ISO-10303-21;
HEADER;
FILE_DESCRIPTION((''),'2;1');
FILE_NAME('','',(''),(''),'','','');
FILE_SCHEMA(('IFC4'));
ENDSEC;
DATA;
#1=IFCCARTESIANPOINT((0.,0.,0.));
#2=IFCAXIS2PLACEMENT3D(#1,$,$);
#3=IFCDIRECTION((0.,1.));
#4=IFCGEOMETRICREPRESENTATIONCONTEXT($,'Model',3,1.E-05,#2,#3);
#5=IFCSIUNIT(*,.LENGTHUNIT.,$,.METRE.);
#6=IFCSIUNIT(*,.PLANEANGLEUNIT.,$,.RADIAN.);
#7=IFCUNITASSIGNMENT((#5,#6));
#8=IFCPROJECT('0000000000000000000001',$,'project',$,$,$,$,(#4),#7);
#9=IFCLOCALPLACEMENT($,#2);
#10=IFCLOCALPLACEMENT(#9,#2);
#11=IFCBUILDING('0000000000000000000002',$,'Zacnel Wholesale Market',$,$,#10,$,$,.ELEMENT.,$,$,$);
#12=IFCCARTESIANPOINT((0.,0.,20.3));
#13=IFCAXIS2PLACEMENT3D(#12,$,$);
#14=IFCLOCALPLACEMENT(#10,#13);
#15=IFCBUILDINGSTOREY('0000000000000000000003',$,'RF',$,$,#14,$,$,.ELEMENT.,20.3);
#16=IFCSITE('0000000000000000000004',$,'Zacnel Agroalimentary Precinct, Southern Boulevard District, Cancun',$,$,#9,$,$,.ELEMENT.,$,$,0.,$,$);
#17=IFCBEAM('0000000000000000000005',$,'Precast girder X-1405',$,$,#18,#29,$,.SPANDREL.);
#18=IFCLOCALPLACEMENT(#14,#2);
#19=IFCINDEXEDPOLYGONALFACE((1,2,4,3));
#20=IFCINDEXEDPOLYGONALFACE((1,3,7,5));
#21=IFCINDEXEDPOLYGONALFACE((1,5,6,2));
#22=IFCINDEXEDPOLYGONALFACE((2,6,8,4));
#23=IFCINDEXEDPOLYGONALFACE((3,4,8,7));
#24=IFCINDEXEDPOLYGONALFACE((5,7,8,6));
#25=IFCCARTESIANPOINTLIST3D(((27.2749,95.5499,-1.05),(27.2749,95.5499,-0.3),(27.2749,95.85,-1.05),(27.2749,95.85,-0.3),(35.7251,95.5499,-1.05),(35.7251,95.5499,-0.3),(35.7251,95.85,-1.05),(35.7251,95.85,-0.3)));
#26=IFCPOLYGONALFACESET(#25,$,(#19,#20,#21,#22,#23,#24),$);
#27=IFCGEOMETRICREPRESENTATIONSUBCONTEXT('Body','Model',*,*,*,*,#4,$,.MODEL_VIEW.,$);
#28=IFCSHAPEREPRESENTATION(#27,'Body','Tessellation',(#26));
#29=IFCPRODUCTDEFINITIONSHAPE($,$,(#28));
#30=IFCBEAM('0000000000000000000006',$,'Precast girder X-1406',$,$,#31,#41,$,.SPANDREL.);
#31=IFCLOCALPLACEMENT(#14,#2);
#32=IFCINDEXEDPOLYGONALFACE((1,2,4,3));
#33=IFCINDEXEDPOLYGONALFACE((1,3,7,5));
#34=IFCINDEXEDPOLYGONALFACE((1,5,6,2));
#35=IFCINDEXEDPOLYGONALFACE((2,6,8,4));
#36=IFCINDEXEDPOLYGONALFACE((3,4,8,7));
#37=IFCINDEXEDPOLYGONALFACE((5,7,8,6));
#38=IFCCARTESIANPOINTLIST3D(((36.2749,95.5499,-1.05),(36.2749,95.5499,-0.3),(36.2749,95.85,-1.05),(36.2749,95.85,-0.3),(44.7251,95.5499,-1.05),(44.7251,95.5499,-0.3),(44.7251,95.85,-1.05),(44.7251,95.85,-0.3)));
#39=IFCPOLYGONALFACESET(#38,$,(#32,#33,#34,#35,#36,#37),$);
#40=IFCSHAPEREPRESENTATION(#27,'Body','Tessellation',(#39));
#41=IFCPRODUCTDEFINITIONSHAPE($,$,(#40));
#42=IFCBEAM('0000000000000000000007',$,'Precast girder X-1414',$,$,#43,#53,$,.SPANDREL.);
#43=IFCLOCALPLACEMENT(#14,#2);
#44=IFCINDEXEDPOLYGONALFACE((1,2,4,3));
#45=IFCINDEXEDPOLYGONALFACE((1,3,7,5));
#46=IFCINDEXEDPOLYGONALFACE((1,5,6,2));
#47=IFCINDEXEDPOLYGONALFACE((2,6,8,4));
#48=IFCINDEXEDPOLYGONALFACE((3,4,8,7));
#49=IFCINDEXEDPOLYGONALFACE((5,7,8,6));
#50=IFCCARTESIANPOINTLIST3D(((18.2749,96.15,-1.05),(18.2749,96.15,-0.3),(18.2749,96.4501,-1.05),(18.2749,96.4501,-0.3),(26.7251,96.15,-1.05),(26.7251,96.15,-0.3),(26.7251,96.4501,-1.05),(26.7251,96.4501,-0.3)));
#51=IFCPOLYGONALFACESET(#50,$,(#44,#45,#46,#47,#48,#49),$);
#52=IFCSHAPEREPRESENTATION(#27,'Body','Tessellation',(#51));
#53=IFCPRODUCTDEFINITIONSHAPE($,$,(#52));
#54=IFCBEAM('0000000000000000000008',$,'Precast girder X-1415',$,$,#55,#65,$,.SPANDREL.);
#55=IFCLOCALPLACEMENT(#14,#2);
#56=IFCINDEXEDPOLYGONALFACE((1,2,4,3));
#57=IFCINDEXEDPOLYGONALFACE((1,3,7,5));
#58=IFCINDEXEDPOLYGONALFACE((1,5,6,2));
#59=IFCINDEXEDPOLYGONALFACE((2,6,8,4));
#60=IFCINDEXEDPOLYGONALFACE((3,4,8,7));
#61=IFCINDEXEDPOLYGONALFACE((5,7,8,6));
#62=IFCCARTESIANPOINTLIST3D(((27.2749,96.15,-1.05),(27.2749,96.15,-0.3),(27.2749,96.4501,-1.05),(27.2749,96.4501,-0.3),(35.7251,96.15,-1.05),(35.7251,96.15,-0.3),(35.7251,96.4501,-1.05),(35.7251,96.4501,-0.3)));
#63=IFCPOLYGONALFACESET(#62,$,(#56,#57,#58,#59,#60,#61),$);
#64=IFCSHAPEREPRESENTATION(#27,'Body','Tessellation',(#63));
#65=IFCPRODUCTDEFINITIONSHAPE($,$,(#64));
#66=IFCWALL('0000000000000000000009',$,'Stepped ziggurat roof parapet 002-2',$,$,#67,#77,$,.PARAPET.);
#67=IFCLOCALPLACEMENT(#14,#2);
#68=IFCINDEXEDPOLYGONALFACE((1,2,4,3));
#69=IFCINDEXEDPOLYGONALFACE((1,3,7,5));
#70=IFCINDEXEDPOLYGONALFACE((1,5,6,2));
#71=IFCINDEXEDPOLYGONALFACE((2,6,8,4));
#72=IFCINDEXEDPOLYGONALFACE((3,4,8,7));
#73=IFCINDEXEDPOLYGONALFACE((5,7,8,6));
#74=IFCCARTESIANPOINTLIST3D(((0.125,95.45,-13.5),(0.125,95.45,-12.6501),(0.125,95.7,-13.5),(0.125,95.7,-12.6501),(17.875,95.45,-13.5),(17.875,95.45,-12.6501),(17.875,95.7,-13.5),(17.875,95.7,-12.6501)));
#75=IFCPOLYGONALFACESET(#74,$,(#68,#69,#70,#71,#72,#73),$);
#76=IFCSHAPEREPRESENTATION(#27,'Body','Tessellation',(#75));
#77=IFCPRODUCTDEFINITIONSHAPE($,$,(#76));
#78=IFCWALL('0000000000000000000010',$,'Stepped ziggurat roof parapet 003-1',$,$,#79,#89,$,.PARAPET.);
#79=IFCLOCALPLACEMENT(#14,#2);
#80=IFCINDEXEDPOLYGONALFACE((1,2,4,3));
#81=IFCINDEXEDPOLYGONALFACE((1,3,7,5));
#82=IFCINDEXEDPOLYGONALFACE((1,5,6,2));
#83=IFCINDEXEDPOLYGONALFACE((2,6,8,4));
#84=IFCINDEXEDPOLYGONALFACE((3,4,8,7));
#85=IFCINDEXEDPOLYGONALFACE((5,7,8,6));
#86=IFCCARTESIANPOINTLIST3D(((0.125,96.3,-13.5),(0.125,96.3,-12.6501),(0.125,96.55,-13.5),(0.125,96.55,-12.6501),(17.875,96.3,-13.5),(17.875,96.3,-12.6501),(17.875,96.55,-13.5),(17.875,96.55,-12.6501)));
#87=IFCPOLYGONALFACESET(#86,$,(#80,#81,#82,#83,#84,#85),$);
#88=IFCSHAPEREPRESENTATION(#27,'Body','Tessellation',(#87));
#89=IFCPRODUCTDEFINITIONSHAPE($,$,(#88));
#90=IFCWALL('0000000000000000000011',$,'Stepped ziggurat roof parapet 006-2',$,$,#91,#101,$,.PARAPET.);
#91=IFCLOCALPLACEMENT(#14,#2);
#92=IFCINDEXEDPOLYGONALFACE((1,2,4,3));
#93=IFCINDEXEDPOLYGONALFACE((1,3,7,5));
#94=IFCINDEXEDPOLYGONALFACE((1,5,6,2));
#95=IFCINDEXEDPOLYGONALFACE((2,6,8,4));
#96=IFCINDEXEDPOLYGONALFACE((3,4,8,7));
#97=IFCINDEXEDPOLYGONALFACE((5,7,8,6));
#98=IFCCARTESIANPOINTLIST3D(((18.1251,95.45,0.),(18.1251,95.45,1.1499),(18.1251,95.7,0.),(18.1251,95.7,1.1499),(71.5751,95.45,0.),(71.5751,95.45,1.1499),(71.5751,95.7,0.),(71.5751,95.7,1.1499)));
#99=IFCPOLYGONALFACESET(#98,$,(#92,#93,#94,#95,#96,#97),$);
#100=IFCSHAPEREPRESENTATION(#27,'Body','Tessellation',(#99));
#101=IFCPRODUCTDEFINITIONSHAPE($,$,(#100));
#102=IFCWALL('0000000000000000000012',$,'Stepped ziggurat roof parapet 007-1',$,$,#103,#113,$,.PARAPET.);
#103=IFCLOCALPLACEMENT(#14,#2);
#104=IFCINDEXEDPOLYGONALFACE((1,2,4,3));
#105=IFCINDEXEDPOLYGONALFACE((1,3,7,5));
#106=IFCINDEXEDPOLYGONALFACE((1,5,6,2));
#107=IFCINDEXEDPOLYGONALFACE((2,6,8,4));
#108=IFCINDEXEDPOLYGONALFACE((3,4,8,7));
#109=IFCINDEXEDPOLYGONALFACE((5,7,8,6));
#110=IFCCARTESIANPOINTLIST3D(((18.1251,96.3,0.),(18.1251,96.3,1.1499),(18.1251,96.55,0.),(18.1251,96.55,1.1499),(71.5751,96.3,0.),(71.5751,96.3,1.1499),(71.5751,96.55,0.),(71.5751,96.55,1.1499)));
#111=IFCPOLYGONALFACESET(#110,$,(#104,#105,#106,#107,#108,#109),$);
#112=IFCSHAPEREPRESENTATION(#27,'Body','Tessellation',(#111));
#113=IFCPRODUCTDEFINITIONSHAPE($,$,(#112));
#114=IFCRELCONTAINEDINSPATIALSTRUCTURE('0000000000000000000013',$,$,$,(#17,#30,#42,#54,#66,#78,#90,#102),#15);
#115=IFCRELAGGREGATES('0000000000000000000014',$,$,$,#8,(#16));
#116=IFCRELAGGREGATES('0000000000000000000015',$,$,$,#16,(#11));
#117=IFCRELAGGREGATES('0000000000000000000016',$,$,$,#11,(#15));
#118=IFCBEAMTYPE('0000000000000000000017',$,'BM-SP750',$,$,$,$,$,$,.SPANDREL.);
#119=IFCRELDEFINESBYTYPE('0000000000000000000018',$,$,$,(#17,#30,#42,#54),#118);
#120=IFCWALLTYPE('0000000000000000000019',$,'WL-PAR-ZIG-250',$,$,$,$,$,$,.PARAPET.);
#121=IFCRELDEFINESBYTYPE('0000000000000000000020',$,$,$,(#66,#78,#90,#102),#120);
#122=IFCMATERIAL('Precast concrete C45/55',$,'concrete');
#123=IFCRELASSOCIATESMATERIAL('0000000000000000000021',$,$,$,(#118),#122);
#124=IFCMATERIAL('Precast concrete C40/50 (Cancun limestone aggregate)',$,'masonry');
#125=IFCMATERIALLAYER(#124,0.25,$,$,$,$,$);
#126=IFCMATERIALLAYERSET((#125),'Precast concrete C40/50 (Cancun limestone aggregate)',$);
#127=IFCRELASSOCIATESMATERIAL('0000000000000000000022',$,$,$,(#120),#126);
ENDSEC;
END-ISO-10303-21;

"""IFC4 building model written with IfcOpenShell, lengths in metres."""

from ifc_helpers import new_model, si_unit, direction, frame, frame_2d, origin, origin_2d, place, context, subcontext, project, spatial, rectangle, extrude, material, layer, layer_set, material_profile, profile_set, type_object, element, save


model = new_model("IFC4")

# Units and contexts
model_context = context("Model", 3, precision=1e-05, world=origin(), true_north=direction((0.0, 1.0)))
body_context = subcontext(model_context, "Body", "Model", "MODEL_VIEW")
ifc_project = project(units=[si_unit("LENGTHUNIT", "METRE"), si_unit("PLANEANGLEUNIT", "RADIAN")], contexts=[model_context])

# Site, building, storey
site_placement = place(None, origin())
site = spatial("IfcSite", under=ifc_project, at=site_placement, Name="Zacnel Agroalimentary Precinct, Southern Boulevard District, Cancun", CompositionType="ELEMENT", RefElevation=0.0)
building_placement = place(site_placement, origin())
building = spatial("IfcBuilding", under=site, at=building_placement, Name="Zacnel Wholesale Market", CompositionType="ELEMENT")
storey_placement = place(building_placement, frame((0.0, 0.0, 20.3)))
storey = spatial("IfcBuildingStorey", under=building, at=storey_placement, Name="RF", CompositionType="ELEMENT", Elevation=20.3)

# Beams
ifc_material_1 = material(Name="Precast concrete C45/55", Category="concrete")
ifc_material_profile_1 = material_profile(ifc_material_1, rectangle(XDim=0.3, YDim=0.75, at=origin_2d()), Name="SP 300x750")
ifc_profile_set_1 = profile_set([ifc_material_profile_1], Name="Precast concrete C45/55")
beam_type_1 = type_object("IfcBeamType", Name="BM-SP750", PredefinedType="SPANDREL", material=ifc_profile_set_1)
for number, where, z_axis, x_axis, name in (
    (1, (27.2749, 95.7, -0.675), (1.0, 0.0, 0.0), (0.0, 1.0, 0.0), "Precast girder X-1405"),
    (2, (36.2749, 95.7, -0.675), (1.0, 0.0, 0.0), (0.0, 1.0, 0.0), "Precast girder X-1406"),
    (3, (18.2749, 96.3, -0.675), (1.0, 0.0, 0.0), (0.0, 1.0, 0.0), "Precast girder X-1414"),
    (4, (27.2749, 96.3, -0.675), (1.0, 0.0, 0.0), (0.0, 1.0, 0.0), "Precast girder X-1415"),
):
    element("IfcBeam", number, at=place(storey_placement, frame(where, z_axis=z_axis, x_axis=x_axis)), inside=storey, type_object=beam_type_1, Name=name, PredefinedType="SPANDREL", context=body_context, shape_type="SweptSolid", body=[
        extrude(rectangle(XDim=0.3, YDim=0.75, at=origin_2d()), origin(), (0.0, 0.0, 1.0), 8.4502),
    ])

# Walls
ifc_material_2 = material(Name="Precast concrete C40/50 (Cancun limestone aggregate)", Category="masonry")
ifc_layer = layer(ifc_material_2, 0.25)
ifc_layer_set = layer_set([ifc_layer], Name="Precast concrete C40/50 (Cancun limestone aggregate)")
wall_type = type_object("IfcWallType", Name="WL-PAR-ZIG-250", PredefinedType="PARAPET", material=ifc_layer_set)
for number, where, z_axis, x_axis, name in (
    (5, (0.125, 95.575, -13.5), (0.0, 0.0, 1.0), (1.0, 0.0, 0.0), "Stepped ziggurat roof parapet 002-2"),
    (6, (0.125, 96.425, -13.5), (0.0, 0.0, 1.0), (1.0, 0.0, 0.0), "Stepped ziggurat roof parapet 003-1"),
):
    element("IfcWall", number, at=place(storey_placement, frame(where, z_axis=z_axis, x_axis=x_axis)), inside=storey, type_object=wall_type, Name=name, PredefinedType="PARAPET", context=body_context, shape_type="SweptSolid", body=[
        extrude(rectangle(XDim=17.75, YDim=0.25, at=frame_2d((8.875, 0.0))), origin(), (0.0, 0.0, 1.0), 0.8499),
    ])
for number, where, z_axis, x_axis, name in (
    (7, (18.125, 95.575, 0.0), (0.0, 0.0, 1.0), (1.0, 0.0, 0.0), "Stepped ziggurat roof parapet 006-2"),
    (8, (18.125, 96.425, 0.0), (0.0, 0.0, 1.0), (1.0, 0.0, 0.0), "Stepped ziggurat roof parapet 007-1"),
):
    element("IfcWall", number, at=place(storey_placement, frame(where, z_axis=z_axis, x_axis=x_axis)), inside=storey, type_object=wall_type, Name=name, PredefinedType="PARAPET", context=body_context, shape_type="SweptSolid", body=[
        extrude(rectangle(XDim=53.45, YDim=0.25, at=frame_2d((26.7251, 0.0))), origin(), (0.0, 0.0, 1.0), 1.1499),
    ])

save(model, "model.ifc")
